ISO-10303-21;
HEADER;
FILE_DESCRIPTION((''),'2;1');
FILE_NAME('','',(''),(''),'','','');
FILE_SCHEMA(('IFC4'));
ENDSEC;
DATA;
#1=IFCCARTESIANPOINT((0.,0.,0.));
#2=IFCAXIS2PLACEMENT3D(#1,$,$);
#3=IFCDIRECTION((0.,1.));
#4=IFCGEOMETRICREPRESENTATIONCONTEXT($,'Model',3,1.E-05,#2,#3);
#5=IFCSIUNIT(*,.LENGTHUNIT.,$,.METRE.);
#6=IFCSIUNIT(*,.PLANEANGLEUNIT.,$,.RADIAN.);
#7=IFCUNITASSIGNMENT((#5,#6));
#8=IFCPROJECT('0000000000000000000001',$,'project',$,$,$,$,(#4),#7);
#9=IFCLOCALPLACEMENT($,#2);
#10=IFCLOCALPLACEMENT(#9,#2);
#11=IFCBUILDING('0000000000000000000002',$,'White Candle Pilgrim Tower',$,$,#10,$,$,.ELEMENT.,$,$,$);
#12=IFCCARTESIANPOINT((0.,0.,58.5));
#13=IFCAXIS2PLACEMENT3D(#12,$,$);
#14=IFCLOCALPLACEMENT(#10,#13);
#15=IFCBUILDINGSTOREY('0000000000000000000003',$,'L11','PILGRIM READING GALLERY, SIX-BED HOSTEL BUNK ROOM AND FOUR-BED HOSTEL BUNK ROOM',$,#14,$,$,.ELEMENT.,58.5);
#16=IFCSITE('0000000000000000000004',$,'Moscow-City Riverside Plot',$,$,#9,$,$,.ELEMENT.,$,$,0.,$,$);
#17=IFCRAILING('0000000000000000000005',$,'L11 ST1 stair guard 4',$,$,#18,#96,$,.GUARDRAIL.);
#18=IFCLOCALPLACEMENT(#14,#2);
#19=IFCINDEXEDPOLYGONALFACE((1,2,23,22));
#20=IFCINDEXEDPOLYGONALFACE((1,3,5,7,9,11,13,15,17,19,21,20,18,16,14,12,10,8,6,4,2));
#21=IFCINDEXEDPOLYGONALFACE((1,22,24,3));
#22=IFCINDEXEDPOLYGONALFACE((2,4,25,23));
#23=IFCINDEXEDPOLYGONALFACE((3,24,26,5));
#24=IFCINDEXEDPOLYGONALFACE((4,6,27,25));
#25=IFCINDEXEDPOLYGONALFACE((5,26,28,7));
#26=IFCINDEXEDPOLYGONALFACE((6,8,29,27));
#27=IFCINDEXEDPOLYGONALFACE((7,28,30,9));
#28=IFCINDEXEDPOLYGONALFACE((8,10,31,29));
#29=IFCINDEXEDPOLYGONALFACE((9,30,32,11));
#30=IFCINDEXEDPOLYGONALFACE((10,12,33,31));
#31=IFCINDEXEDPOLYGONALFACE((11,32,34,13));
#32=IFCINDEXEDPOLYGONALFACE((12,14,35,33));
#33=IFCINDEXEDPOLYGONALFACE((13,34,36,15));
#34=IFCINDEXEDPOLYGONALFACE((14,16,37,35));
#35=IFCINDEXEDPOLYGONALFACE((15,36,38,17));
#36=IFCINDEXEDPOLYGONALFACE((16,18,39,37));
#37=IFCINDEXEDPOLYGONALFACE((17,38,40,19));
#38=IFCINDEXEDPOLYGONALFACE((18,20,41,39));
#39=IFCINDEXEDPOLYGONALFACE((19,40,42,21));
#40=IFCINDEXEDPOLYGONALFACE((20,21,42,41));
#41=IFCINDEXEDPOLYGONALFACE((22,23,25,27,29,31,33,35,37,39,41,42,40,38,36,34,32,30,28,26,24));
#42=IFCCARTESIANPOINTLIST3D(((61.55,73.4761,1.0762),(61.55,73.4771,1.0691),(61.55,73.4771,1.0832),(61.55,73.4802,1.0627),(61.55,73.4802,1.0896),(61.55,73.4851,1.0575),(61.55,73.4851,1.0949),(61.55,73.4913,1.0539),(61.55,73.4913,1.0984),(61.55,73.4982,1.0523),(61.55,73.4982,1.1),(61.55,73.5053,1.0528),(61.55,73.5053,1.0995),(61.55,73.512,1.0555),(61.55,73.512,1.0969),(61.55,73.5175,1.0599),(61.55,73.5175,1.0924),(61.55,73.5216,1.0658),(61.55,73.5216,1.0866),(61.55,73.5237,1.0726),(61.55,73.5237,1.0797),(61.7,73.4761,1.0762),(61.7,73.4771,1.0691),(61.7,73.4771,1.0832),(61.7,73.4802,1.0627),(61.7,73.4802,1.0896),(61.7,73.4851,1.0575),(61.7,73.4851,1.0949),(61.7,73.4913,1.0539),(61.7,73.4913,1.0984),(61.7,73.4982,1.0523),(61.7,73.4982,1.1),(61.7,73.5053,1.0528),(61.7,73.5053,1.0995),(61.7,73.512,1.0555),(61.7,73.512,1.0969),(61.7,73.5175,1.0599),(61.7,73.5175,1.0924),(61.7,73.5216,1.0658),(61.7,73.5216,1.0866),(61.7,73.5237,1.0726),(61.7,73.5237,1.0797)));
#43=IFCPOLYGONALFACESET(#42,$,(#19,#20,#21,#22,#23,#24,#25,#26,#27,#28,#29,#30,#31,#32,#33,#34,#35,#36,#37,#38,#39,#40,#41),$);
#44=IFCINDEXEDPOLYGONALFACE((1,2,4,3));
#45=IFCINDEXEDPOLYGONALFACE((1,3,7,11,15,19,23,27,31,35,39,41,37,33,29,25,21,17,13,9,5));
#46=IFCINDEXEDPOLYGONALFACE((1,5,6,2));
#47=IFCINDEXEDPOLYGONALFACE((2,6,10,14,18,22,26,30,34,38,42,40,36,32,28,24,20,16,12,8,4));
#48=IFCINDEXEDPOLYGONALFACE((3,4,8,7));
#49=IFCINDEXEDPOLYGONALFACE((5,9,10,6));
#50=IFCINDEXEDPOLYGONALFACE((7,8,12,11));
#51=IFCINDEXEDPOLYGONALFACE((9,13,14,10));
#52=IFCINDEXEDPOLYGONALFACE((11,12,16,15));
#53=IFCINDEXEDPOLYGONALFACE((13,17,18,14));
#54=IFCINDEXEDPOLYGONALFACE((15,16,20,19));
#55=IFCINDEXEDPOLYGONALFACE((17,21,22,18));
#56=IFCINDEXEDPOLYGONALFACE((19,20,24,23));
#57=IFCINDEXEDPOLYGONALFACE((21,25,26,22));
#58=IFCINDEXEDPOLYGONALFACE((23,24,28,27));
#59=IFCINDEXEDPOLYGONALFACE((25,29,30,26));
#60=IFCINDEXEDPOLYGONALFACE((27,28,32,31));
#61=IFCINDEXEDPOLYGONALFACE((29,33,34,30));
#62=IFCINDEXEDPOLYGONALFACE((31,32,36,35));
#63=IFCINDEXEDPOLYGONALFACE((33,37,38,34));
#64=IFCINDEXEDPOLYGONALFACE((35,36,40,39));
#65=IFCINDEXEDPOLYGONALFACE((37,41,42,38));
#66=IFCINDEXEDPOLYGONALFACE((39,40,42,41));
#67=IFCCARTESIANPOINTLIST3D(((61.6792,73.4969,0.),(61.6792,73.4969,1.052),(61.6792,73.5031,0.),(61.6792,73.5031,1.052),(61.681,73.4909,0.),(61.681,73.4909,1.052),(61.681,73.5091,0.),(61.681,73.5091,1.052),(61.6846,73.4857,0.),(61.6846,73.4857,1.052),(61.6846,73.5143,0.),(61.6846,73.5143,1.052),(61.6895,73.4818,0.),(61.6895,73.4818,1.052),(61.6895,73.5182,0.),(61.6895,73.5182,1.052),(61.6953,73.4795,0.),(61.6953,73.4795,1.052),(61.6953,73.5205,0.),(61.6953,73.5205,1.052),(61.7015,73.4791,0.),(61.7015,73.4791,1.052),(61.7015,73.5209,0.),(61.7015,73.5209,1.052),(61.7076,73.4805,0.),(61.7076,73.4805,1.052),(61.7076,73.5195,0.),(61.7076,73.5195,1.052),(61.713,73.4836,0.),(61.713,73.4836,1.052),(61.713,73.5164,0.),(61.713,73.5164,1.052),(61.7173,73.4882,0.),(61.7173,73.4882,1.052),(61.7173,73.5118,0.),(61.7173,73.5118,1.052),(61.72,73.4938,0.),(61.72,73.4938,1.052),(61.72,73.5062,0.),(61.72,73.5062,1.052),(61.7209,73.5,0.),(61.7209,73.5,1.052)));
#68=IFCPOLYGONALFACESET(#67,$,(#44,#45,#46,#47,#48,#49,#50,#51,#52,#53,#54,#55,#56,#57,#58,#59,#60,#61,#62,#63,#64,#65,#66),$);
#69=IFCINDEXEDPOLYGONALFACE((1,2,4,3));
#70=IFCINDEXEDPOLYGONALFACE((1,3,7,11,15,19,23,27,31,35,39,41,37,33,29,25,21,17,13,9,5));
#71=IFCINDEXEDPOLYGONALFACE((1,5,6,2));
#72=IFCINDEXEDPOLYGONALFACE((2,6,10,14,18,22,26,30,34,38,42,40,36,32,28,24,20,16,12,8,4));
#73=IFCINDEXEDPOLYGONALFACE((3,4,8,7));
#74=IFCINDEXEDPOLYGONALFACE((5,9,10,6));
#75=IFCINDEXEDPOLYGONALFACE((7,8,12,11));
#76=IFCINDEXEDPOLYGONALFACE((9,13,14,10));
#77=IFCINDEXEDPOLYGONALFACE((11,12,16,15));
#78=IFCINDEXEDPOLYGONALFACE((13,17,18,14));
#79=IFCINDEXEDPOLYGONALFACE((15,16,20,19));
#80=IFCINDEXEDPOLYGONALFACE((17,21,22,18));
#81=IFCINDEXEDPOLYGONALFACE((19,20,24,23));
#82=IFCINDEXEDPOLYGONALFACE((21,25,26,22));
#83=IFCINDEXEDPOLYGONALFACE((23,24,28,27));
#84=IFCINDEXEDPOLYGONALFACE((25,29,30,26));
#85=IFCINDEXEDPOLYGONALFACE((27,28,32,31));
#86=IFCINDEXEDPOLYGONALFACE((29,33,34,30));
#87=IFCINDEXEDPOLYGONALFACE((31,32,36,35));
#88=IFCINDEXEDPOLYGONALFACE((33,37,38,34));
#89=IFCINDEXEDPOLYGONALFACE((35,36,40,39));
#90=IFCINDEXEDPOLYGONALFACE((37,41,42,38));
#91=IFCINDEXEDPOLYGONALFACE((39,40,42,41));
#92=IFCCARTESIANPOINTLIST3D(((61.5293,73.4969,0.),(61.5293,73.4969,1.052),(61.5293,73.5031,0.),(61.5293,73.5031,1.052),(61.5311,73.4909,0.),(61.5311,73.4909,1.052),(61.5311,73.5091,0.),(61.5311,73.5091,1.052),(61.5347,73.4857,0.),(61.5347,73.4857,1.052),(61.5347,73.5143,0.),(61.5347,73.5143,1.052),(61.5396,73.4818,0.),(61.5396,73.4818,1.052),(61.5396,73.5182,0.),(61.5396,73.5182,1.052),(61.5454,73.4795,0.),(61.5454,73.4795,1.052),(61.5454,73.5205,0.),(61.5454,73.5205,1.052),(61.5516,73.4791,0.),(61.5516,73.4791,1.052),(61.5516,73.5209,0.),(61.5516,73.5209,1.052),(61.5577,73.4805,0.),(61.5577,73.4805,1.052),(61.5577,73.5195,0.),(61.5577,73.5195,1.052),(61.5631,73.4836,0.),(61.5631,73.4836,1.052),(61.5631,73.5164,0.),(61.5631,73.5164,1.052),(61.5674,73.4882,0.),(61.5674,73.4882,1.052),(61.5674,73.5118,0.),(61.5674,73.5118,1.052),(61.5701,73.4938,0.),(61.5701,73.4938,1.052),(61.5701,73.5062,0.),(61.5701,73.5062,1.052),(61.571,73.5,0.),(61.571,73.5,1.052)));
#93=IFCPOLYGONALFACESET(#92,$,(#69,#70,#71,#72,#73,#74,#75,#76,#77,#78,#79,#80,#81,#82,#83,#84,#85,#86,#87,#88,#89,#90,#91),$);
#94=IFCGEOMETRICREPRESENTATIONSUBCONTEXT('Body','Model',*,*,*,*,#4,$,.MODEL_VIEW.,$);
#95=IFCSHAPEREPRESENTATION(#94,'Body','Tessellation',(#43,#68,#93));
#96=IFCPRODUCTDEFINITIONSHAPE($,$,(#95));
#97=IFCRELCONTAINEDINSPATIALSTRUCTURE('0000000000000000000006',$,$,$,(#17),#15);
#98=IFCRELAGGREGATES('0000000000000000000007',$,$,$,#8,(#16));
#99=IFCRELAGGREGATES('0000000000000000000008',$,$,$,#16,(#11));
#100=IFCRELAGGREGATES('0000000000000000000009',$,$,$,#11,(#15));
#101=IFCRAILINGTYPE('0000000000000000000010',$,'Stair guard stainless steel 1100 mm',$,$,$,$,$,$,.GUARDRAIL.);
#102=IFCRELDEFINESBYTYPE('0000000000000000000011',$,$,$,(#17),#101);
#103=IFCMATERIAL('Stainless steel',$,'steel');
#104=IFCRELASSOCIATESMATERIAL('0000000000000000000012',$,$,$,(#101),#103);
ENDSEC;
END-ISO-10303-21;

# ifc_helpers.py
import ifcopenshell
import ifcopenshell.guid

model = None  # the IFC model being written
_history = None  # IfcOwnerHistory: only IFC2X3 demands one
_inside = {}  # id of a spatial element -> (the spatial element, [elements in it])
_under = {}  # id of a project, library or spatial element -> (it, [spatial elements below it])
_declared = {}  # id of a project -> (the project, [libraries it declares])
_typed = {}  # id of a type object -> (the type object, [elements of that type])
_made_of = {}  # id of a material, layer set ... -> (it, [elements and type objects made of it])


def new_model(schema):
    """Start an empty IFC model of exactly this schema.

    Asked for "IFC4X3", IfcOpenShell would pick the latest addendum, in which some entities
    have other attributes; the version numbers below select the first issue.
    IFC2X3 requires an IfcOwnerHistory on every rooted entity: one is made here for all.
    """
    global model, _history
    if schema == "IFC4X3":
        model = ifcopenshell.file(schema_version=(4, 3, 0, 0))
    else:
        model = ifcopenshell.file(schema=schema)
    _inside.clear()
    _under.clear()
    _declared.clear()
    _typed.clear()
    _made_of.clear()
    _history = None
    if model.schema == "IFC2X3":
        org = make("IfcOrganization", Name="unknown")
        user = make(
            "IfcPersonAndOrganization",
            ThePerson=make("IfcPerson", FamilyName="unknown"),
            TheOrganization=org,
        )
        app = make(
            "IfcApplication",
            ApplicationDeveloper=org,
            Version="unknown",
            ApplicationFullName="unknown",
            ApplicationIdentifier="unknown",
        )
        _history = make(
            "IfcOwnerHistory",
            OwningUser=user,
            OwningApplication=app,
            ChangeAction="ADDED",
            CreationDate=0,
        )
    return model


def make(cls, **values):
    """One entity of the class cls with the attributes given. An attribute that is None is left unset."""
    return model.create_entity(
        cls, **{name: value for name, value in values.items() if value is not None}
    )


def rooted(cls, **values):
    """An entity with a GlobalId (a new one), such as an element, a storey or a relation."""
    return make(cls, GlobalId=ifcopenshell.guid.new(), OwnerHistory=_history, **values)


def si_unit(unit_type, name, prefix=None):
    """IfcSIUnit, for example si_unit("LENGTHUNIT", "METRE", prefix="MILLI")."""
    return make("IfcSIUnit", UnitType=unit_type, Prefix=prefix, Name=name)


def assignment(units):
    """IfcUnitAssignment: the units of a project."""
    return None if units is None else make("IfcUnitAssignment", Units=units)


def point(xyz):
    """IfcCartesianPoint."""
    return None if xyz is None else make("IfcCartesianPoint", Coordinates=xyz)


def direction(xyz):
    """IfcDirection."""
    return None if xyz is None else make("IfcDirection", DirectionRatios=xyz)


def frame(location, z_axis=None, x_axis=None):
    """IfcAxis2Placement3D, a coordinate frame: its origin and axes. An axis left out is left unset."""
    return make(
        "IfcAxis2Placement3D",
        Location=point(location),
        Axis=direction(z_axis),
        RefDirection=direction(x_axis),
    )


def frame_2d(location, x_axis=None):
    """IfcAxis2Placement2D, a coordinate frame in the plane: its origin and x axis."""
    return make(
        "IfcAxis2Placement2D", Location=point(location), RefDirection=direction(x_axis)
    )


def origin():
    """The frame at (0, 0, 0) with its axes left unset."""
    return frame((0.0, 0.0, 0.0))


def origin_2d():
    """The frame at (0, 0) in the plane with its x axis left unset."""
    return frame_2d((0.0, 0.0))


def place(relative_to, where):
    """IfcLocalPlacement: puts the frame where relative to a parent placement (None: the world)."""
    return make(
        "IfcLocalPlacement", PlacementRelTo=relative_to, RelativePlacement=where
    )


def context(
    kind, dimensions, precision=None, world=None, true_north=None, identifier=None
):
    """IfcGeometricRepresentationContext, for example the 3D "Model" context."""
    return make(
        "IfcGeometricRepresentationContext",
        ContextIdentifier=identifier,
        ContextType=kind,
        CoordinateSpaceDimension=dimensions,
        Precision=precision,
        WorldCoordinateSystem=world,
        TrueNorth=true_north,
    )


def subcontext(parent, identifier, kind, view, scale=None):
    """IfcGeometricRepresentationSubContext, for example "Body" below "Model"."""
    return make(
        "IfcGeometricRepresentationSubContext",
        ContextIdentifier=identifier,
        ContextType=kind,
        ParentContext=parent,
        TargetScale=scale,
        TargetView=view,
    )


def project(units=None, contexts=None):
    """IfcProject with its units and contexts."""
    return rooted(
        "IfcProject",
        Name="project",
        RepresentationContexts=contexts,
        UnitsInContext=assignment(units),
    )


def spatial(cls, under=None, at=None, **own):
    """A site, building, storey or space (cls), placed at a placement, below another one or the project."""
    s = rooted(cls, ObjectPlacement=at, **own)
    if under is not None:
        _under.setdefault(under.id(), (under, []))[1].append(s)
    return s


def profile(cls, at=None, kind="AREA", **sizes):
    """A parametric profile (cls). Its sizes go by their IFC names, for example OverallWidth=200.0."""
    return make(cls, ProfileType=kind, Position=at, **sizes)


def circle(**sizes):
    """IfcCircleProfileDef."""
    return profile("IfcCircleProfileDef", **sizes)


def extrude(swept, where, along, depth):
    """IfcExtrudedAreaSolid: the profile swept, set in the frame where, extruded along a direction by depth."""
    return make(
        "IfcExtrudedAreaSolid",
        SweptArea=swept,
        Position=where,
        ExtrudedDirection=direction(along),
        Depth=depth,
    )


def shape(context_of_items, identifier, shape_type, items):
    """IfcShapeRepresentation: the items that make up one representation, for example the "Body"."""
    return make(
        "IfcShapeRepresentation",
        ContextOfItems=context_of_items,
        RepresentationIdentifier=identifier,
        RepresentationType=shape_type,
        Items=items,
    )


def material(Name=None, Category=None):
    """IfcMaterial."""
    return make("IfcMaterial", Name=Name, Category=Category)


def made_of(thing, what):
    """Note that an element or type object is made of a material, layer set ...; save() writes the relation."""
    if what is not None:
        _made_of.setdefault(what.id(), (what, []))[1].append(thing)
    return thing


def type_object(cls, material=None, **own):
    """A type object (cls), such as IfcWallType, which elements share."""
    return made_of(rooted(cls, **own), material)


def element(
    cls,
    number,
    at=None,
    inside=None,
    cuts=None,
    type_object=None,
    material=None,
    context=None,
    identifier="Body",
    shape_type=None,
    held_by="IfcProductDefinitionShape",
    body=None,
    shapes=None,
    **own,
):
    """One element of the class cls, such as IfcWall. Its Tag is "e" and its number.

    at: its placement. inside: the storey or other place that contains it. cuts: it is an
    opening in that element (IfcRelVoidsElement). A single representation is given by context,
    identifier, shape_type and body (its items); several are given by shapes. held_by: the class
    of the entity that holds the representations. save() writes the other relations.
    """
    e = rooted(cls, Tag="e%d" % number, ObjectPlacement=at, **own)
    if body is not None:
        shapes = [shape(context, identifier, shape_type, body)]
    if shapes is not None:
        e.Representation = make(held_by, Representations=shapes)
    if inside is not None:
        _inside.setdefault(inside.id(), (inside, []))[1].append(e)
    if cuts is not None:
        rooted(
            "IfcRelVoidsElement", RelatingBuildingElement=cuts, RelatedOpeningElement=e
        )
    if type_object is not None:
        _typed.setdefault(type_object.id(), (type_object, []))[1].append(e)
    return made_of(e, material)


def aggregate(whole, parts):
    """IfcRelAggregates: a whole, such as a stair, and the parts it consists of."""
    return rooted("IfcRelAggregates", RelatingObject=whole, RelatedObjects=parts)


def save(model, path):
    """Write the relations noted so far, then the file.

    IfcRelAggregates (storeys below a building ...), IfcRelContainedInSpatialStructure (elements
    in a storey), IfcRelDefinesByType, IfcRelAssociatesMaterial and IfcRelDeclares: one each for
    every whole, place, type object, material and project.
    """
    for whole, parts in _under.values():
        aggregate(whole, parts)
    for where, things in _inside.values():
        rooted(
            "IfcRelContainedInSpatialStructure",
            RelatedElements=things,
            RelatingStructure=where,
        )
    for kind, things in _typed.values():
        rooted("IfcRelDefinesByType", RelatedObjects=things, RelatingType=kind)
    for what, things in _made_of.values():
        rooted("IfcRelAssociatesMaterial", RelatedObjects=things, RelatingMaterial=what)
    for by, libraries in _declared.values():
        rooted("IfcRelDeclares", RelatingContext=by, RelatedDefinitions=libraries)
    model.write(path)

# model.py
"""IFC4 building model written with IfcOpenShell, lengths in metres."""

from ifc_helpers import new_model, si_unit, direction, frame, origin, origin_2d, place, context, subcontext, project, spatial, circle, extrude, material, type_object, element, save


model = new_model("IFC4")

# Units and contexts
model_context = context("Model", 3, precision=1e-05, world=origin(), true_north=direction((0.0, 1.0)))
body_context = subcontext(model_context, "Body", "Model", "MODEL_VIEW")
ifc_project = project(units=[si_unit("LENGTHUNIT", "METRE"), si_unit("PLANEANGLEUNIT", "RADIAN")], contexts=[model_context])

# Site, building, storey
site_placement = place(None, origin())
site = spatial("IfcSite", under=ifc_project, at=site_placement, Name="Moscow-City Riverside Plot", CompositionType="ELEMENT", RefElevation=0.0)
building_placement = place(site_placement, origin())
building = spatial("IfcBuilding", under=site, at=building_placement, Name="White Candle Pilgrim Tower", CompositionType="ELEMENT")
storey_placement = place(building_placement, frame((0.0, 0.0, 58.5)))
storey = spatial("IfcBuildingStorey", under=building, at=storey_placement, Name="L11", Description="PILGRIM READING GALLERY, SIX-BED HOSTEL BUNK ROOM AND FOUR-BED HOSTEL BUNK ROOM", CompositionType="ELEMENT", Elevation=58.5)

# Shared definitions
ifc_material_1 = material(Name="Stainless steel", Category="steel")

# Railing
railing_type_1 = type_object("IfcRailingType", Name="Stair guard stainless steel 1100 mm", PredefinedType="GUARDRAIL", material=ifc_material_1)
railing_1_placement = place(storey_placement, frame((61.7, 73.5, 0.0)))
element("IfcRailing", 1, at=railing_1_placement, inside=storey, type_object=railing_type_1, Name="L11 ST1 stair guard 4", PredefinedType="GUARDRAIL", context=body_context, shape_type="SweptSolid", body=[
    extrude(circle(Radius=0.0239, at=origin_2d()), frame((0.0, 0.0, 1.0762), z_axis=(-1.0, 0.0, 0.0), x_axis=(0.0, -1.0, 0.0)), (0.0, 0.0, 1.0), 0.1499),
    extrude(circle(Radius=0.021, at=origin_2d()), origin(), (0.0, 0.0, 1.0), 1.052),
    extrude(circle(Radius=0.021, at=origin_2d()), frame((-0.1499, 0.0, 0.0)), (0.0, 0.0, 1.0), 1.052),
])

save(model, "model.ifc")
